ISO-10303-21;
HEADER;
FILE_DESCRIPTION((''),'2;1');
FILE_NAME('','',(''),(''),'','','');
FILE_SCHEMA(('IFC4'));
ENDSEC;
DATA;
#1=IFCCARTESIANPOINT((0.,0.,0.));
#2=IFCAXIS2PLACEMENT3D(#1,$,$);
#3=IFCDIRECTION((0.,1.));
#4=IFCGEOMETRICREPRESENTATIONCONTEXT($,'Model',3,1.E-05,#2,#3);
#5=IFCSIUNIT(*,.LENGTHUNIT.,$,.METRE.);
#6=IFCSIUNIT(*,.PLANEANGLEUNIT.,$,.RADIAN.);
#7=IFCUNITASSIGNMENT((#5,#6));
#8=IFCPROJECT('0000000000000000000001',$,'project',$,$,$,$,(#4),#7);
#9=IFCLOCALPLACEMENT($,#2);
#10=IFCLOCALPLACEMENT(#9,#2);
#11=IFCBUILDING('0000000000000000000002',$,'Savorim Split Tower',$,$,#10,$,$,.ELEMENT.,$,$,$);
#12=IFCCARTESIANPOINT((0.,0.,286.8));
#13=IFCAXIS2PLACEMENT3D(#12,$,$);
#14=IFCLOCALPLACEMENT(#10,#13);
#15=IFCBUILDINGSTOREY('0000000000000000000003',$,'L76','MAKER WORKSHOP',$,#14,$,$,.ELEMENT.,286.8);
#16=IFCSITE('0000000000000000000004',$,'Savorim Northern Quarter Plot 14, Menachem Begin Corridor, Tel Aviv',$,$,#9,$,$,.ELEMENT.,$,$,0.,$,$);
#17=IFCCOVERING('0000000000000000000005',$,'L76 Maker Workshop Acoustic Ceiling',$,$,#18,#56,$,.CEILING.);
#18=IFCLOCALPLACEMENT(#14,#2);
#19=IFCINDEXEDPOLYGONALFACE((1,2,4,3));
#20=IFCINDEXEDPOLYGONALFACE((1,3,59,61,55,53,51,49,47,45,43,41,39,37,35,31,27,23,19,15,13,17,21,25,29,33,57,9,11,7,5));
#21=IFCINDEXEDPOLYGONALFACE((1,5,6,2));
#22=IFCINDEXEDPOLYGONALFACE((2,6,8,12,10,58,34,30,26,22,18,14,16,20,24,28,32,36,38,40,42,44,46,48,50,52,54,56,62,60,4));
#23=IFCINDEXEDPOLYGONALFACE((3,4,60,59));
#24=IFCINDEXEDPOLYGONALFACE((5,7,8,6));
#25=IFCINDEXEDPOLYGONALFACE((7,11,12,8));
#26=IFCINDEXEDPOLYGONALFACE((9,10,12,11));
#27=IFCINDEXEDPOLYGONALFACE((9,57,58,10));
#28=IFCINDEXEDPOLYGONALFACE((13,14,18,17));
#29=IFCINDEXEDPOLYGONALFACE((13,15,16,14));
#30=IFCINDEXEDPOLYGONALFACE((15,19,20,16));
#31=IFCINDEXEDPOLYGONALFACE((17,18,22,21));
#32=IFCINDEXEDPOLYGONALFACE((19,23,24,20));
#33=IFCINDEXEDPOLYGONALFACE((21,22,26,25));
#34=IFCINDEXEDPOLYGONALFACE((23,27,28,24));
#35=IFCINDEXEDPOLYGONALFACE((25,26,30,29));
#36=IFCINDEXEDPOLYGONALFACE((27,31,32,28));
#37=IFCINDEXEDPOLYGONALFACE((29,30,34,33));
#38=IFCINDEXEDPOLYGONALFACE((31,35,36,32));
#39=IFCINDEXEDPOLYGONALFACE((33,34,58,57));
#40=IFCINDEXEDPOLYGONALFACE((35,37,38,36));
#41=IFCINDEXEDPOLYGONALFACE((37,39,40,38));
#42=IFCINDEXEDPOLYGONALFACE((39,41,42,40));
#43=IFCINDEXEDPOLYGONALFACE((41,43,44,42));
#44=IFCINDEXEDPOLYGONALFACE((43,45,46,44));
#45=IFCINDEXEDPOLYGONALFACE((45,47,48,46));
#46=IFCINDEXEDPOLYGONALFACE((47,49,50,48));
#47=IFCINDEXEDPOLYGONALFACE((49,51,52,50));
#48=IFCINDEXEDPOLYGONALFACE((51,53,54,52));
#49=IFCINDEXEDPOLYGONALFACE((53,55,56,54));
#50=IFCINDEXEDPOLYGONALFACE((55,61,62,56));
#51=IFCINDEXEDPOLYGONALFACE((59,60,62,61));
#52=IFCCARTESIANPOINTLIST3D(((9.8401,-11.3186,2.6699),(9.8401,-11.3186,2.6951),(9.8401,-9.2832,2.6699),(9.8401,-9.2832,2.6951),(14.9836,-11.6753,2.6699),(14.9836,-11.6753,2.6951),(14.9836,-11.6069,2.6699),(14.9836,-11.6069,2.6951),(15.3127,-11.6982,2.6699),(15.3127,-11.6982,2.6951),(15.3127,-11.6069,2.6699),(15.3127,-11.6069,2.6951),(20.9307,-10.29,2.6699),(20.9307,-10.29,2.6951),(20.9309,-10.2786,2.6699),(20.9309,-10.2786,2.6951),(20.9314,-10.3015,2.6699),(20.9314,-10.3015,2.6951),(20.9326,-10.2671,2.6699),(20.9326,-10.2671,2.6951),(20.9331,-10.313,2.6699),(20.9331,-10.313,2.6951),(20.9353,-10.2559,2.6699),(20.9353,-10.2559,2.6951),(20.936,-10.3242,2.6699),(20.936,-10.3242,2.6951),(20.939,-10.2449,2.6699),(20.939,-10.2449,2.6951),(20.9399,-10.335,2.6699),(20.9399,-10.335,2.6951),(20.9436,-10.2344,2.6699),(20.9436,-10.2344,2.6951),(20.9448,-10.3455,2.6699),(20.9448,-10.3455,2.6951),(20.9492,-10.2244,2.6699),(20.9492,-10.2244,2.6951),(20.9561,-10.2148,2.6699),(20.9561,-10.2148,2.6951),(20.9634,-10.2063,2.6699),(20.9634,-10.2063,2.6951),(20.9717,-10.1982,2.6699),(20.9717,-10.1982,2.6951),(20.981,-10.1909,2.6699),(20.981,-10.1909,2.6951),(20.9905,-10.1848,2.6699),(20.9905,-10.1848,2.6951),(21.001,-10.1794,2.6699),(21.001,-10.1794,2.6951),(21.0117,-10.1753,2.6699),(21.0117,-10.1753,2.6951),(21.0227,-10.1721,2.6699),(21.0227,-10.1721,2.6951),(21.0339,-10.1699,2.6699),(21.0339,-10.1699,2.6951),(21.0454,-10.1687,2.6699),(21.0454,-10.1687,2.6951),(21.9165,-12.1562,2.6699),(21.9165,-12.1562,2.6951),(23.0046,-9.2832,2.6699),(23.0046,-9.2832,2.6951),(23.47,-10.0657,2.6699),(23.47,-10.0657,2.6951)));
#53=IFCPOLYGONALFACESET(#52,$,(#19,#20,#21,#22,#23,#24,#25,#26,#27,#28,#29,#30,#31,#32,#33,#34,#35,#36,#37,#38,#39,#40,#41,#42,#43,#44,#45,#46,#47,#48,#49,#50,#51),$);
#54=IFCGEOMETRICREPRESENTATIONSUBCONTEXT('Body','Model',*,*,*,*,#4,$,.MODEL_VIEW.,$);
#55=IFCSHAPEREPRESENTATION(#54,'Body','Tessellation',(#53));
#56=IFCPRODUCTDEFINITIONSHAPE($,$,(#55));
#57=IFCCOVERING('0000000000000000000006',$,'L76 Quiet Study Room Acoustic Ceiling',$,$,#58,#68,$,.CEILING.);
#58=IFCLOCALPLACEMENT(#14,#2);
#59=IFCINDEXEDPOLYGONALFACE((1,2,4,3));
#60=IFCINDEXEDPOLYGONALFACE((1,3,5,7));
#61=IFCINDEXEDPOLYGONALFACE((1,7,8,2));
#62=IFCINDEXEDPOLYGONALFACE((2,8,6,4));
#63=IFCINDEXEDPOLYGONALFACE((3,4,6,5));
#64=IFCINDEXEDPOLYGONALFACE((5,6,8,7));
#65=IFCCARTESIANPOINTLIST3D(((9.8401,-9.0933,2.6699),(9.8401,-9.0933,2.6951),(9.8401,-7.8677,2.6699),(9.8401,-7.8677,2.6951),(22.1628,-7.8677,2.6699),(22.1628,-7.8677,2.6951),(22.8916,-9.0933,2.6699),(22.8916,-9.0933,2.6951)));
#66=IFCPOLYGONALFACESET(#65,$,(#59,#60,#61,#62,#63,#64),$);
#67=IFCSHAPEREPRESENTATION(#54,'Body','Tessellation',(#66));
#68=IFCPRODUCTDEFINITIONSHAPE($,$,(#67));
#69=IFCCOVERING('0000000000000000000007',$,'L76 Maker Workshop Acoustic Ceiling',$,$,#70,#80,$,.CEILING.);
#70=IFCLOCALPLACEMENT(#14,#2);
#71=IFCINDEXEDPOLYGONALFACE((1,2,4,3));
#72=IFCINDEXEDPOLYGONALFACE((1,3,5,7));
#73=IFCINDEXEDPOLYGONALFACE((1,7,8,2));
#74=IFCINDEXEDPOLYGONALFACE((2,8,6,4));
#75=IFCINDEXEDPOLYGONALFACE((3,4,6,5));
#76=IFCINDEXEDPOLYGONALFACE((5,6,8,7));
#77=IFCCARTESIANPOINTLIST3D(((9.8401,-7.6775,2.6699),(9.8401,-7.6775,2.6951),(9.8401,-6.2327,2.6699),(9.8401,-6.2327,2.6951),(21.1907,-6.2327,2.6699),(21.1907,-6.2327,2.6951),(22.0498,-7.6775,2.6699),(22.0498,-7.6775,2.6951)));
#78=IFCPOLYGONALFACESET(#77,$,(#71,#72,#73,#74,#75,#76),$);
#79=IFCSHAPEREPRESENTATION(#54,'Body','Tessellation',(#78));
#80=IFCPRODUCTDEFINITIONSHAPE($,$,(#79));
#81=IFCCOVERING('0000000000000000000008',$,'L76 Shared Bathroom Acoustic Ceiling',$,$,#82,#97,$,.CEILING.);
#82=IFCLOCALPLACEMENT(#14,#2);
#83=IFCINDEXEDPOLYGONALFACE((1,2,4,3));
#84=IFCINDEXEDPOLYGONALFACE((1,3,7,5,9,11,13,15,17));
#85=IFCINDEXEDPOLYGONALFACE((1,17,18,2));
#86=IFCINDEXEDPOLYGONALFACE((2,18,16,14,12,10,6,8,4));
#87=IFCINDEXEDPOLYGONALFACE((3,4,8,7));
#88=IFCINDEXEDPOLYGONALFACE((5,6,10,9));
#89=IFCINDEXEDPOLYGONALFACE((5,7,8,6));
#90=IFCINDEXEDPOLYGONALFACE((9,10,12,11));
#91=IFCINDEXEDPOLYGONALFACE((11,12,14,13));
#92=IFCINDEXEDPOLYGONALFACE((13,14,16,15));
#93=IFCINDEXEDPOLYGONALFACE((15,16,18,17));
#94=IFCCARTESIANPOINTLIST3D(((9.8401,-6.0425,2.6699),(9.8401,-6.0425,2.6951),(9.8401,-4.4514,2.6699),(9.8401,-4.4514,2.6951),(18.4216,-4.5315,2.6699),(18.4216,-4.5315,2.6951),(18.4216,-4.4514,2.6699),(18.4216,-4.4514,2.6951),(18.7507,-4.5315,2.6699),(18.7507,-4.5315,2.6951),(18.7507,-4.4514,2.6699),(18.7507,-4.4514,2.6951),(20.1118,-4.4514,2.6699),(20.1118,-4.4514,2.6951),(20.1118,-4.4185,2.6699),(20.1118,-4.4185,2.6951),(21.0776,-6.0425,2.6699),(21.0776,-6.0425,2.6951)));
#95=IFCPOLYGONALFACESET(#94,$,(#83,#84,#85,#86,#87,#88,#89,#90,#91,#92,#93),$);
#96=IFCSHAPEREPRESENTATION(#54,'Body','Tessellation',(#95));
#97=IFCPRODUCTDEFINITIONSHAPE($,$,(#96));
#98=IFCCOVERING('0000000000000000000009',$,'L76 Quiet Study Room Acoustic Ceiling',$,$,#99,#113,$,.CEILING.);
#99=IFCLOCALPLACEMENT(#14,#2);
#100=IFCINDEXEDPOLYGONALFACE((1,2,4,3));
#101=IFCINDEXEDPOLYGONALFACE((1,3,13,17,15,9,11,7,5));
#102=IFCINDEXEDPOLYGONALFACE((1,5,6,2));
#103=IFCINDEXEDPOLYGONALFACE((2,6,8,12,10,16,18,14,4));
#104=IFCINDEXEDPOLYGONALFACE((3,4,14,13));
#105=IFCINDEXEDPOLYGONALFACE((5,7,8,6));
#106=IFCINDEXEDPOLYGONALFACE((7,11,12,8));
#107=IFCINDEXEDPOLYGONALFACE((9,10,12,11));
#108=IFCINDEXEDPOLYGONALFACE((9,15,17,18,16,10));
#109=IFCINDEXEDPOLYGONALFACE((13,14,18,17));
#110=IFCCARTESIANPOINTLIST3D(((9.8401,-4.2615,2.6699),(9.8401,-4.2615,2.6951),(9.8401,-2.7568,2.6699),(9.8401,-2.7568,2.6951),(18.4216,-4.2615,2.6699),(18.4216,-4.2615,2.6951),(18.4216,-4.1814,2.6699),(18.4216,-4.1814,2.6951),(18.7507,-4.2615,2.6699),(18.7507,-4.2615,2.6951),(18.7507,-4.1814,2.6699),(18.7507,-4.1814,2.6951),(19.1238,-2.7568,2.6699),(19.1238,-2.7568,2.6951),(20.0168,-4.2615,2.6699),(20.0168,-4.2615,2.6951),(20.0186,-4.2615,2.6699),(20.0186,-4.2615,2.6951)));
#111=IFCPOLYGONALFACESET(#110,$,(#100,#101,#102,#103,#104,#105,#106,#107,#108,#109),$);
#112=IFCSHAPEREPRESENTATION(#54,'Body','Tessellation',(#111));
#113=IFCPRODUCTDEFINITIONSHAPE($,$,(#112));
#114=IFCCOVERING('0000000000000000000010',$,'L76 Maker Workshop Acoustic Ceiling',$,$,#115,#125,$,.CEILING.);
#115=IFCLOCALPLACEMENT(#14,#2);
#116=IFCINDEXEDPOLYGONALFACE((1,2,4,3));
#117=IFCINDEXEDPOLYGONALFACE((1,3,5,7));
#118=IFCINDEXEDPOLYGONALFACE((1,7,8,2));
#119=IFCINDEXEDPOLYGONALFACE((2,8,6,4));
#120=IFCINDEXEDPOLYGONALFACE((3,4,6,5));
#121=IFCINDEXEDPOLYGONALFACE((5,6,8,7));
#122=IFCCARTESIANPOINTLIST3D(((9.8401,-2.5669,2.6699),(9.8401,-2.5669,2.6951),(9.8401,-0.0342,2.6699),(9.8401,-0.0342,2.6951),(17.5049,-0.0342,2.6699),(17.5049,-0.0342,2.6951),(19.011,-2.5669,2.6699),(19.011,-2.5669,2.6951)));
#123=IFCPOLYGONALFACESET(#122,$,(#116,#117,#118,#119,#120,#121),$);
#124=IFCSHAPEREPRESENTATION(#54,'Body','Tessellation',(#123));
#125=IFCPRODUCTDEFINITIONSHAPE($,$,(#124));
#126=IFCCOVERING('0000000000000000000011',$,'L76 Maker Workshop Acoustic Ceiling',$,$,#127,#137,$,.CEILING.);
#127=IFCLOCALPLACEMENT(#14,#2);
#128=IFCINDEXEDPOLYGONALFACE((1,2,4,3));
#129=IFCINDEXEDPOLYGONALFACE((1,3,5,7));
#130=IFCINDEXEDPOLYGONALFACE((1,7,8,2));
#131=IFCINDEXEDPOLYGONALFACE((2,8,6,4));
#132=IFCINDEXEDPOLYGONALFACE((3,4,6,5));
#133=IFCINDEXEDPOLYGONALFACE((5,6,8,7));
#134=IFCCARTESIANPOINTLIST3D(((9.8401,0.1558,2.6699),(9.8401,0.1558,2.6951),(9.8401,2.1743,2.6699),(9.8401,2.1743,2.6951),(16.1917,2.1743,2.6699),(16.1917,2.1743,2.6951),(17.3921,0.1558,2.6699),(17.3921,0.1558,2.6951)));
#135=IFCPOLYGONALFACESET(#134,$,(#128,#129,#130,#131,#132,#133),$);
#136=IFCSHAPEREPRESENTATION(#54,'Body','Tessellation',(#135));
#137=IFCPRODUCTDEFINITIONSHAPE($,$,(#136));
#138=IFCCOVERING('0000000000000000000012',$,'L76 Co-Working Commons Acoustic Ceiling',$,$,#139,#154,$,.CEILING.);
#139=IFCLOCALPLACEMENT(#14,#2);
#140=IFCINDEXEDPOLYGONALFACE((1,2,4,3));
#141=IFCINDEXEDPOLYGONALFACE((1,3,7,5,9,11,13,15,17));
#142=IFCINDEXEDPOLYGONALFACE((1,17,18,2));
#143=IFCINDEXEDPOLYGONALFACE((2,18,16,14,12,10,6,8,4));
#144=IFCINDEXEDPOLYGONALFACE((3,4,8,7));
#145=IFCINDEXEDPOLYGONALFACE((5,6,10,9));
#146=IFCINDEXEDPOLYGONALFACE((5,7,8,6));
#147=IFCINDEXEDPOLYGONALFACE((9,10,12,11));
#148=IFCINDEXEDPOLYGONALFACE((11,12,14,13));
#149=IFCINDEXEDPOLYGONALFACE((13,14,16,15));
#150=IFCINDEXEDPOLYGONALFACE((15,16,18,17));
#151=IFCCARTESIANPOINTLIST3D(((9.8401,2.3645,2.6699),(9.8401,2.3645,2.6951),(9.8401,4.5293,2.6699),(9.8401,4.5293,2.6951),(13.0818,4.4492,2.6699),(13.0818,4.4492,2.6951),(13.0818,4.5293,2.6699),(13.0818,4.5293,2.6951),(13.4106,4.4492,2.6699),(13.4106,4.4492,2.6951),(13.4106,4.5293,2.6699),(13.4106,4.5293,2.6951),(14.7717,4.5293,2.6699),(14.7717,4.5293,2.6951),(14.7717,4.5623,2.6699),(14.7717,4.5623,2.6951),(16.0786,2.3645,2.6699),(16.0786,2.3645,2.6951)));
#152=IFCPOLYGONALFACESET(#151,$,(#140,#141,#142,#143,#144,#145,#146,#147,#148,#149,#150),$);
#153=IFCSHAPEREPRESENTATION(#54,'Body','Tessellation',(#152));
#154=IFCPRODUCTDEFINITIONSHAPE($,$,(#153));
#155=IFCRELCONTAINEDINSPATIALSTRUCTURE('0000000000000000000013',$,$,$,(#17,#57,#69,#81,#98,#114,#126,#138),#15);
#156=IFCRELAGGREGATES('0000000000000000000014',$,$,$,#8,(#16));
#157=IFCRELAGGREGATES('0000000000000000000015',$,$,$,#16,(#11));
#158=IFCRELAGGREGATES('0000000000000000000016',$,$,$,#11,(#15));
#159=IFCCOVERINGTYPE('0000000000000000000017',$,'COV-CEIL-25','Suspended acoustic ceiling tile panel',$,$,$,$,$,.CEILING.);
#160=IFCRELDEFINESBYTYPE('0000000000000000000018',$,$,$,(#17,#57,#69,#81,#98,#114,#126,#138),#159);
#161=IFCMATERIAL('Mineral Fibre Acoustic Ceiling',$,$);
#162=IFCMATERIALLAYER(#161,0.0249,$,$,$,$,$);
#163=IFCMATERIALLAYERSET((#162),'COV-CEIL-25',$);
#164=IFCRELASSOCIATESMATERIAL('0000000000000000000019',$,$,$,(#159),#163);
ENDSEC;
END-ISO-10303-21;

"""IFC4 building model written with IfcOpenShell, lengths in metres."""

from ifc_helpers import new_model, si_unit, direction, frame, origin, place, context, subcontext, project, spatial, polyline, outline, extrude, material, layer, layer_set, type_object, element, save


model = new_model("IFC4")

# Units and contexts
model_context = context("Model", 3, precision=1e-05, world=origin(), true_north=direction((0.0, 1.0)))
body_context = subcontext(model_context, "Body", "Model", "MODEL_VIEW")
ifc_project = project(units=[si_unit("LENGTHUNIT", "METRE"), si_unit("PLANEANGLEUNIT", "RADIAN")], contexts=[model_context])

# Site, building, storey
site_placement = place(None, origin())
site = spatial("IfcSite", under=ifc_project, at=site_placement, Name="Savorim Northern Quarter Plot 14, Menachem Begin Corridor, Tel Aviv", CompositionType="ELEMENT", RefElevation=0.0)
building_placement = place(site_placement, origin())
building = spatial("IfcBuilding", under=site, at=building_placement, Name="Savorim Split Tower", CompositionType="ELEMENT")
storey_placement = place(building_placement, frame((0.0, 0.0, 286.8)))
storey = spatial("IfcBuildingStorey", under=building, at=storey_placement, Name="L76", Description="MAKER WORKSHOP", CompositionType="ELEMENT", Elevation=286.8)

# Coverings
ifc_material_1 = material(Name="Mineral Fibre Acoustic Ceiling")
ifc_layer_1 = layer(ifc_material_1, 0.0249)
ifc_layer_set_1 = layer_set([ifc_layer_1], Name="COV-CEIL-25")
covering_type_1 = type_object("IfcCoveringType", Name="COV-CEIL-25", Description="Suspended acoustic ceiling tile panel", PredefinedType="CEILING", material=ifc_layer_set_1)
covering_1_placement = place(storey_placement, frame((0.0, 0.0, 2.6699)))
element("IfcCovering", 1, at=covering_1_placement, inside=storey, type_object=covering_type_1, Name="L76 Maker Workshop Acoustic Ceiling", PredefinedType="CEILING", context=body_context, shape_type="SweptSolid", body=[
    extrude(outline(polyline([(21.0227, -10.1721), (21.0339, -10.1699), (21.0454, -10.1687), (23.47, -10.0657), (23.0046, -9.2832), (9.8401, -9.2832), (9.8401, -11.3186), (14.9836, -11.6753), (14.9836, -11.6069), (15.3127, -11.6069), (15.3127, -11.6982), (21.9165, -12.1562), (20.9448, -10.3455), (20.9399, -10.335), (20.936, -10.3242), (20.9331, -10.313), (20.9314, -10.3015), (20.9307, -10.29), (20.9309, -10.2786), (20.9326, -10.2671), (20.9353, -10.2559), (20.939, -10.2449), (20.9436, -10.2344), (20.9492, -10.2244), (20.9561, -10.2148), (20.9634, -10.2063), (20.9717, -10.1982), (20.981, -10.1909), (20.9905, -10.1848), (21.001, -10.1794), (21.0117, -10.1753), (21.0227, -10.1721)])), origin(), (0.0, 0.0, 1.0), 0.0251),
])
covering_2_placement = place(storey_placement, frame((0.0, 0.0, 2.6699)))
element("IfcCovering", 2, at=covering_2_placement, inside=storey, type_object=covering_type_1, Name="L76 Quiet Study Room Acoustic Ceiling", PredefinedType="CEILING", context=body_context, shape_type="SweptSolid", body=[
    extrude(outline(polyline([(22.8916, -9.0933), (22.1628, -7.8677), (9.8401, -7.8677), (9.8401, -9.0933), (22.8916, -9.0933)])), origin(), (0.0, 0.0, 1.0), 0.0251),
])
covering_3_placement = place(storey_placement, frame((0.0, 0.0, 2.6699)))
element("IfcCovering", 3, at=covering_3_placement, inside=storey, type_object=covering_type_1, Name="L76 Maker Workshop Acoustic Ceiling", PredefinedType="CEILING", context=body_context, shape_type="SweptSolid", body=[
    extrude(outline(polyline([(22.0498, -7.6775), (21.1907, -6.2327), (9.8401, -6.2327), (9.8401, -7.6775), (22.0498, -7.6775)])), origin(), (0.0, 0.0, 1.0), 0.0251),
])
covering_4_placement = place(storey_placement, frame((0.0, 0.0, 2.6699)))
element("IfcCovering", 4, at=covering_4_placement, inside=storey, type_object=covering_type_1, Name="L76 Shared Bathroom Acoustic Ceiling", PredefinedType="CEILING", context=body_context, shape_type="SweptSolid", body=[
    extrude(outline(polyline([(18.4216, -4.5315), (18.4216, -4.4514), (9.8401, -4.4514), (9.8401, -6.0425), (21.0776, -6.0425), (20.1118, -4.4185), (20.1118, -4.4514), (18.7507, -4.4514), (18.7507, -4.5315), (18.4216, -4.5315)])), origin(), (0.0, 0.0, 1.0), 0.0251),
])
covering_5_placement = place(storey_placement, frame((0.0, 0.0, 2.6699)))
element("IfcCovering", 5, at=covering_5_placement, inside=storey, type_object=covering_type_1, Name="L76 Quiet Study Room Acoustic Ceiling", PredefinedType="CEILING", context=body_context, shape_type="SweptSolid", body=[
    extrude(outline(polyline([(18.7507, -4.1814), (18.7507, -4.2615), (20.0168, -4.2615), (20.0186, -4.2615), (19.1238, -2.7568), (9.8401, -2.7568), (9.8401, -4.2615), (18.4216, -4.2615), (18.4216, -4.1814), (18.7507, -4.1814)])), origin(), (0.0, 0.0, 1.0), 0.0251),
])
covering_6_placement = place(storey_placement, frame((0.0, 0.0, 2.6699)))
element("IfcCovering", 6, at=covering_6_placement, inside=storey, type_object=covering_type_1, Name="L76 Maker Workshop Acoustic Ceiling", PredefinedType="CEILING", context=body_context, shape_type="SweptSolid", body=[
    extrude(outline(polyline([(19.011, -2.5669), (17.5049, -0.0342), (9.8401, -0.0342), (9.8401, -2.5669), (19.011, -2.5669)])), origin(), (0.0, 0.0, 1.0), 0.0251),
])
covering_7_placement = place(storey_placement, frame((0.0, 0.0, 2.6699)))
element("IfcCovering", 7, at=covering_7_placement, inside=storey, type_object=covering_type_1, Name="L76 Maker Workshop Acoustic Ceiling", PredefinedType="CEILING", context=body_context, shape_type="SweptSolid", body=[
    extrude(outline(polyline([(17.3921, 0.1558), (16.1917, 2.1743), (9.8401, 2.1743), (9.8401, 0.1558), (17.3921, 0.1558)])), origin(), (0.0, 0.0, 1.0), 0.0251),
])
covering_8_placement = place(storey_placement, frame((0.0, 0.0, 2.6699)))
element("IfcCovering", 8, at=covering_8_placement, inside=storey, type_object=covering_type_1, Name="L76 Co-Working Commons Acoustic Ceiling", PredefinedType="CEILING", context=body_context, shape_type="SweptSolid", body=[
    extrude(outline(polyline([(13.0818, 4.4492), (13.0818, 4.5293), (9.8401, 4.5293), (9.8401, 2.3645), (16.0786, 2.3645), (14.7717, 4.5623), (14.7717, 4.5293), (13.4106, 4.5293), (13.4106, 4.4492), (13.0818, 4.4492)])), origin(), (0.0, 0.0, 1.0), 0.0251),
])

save(model, "model.ifc")
